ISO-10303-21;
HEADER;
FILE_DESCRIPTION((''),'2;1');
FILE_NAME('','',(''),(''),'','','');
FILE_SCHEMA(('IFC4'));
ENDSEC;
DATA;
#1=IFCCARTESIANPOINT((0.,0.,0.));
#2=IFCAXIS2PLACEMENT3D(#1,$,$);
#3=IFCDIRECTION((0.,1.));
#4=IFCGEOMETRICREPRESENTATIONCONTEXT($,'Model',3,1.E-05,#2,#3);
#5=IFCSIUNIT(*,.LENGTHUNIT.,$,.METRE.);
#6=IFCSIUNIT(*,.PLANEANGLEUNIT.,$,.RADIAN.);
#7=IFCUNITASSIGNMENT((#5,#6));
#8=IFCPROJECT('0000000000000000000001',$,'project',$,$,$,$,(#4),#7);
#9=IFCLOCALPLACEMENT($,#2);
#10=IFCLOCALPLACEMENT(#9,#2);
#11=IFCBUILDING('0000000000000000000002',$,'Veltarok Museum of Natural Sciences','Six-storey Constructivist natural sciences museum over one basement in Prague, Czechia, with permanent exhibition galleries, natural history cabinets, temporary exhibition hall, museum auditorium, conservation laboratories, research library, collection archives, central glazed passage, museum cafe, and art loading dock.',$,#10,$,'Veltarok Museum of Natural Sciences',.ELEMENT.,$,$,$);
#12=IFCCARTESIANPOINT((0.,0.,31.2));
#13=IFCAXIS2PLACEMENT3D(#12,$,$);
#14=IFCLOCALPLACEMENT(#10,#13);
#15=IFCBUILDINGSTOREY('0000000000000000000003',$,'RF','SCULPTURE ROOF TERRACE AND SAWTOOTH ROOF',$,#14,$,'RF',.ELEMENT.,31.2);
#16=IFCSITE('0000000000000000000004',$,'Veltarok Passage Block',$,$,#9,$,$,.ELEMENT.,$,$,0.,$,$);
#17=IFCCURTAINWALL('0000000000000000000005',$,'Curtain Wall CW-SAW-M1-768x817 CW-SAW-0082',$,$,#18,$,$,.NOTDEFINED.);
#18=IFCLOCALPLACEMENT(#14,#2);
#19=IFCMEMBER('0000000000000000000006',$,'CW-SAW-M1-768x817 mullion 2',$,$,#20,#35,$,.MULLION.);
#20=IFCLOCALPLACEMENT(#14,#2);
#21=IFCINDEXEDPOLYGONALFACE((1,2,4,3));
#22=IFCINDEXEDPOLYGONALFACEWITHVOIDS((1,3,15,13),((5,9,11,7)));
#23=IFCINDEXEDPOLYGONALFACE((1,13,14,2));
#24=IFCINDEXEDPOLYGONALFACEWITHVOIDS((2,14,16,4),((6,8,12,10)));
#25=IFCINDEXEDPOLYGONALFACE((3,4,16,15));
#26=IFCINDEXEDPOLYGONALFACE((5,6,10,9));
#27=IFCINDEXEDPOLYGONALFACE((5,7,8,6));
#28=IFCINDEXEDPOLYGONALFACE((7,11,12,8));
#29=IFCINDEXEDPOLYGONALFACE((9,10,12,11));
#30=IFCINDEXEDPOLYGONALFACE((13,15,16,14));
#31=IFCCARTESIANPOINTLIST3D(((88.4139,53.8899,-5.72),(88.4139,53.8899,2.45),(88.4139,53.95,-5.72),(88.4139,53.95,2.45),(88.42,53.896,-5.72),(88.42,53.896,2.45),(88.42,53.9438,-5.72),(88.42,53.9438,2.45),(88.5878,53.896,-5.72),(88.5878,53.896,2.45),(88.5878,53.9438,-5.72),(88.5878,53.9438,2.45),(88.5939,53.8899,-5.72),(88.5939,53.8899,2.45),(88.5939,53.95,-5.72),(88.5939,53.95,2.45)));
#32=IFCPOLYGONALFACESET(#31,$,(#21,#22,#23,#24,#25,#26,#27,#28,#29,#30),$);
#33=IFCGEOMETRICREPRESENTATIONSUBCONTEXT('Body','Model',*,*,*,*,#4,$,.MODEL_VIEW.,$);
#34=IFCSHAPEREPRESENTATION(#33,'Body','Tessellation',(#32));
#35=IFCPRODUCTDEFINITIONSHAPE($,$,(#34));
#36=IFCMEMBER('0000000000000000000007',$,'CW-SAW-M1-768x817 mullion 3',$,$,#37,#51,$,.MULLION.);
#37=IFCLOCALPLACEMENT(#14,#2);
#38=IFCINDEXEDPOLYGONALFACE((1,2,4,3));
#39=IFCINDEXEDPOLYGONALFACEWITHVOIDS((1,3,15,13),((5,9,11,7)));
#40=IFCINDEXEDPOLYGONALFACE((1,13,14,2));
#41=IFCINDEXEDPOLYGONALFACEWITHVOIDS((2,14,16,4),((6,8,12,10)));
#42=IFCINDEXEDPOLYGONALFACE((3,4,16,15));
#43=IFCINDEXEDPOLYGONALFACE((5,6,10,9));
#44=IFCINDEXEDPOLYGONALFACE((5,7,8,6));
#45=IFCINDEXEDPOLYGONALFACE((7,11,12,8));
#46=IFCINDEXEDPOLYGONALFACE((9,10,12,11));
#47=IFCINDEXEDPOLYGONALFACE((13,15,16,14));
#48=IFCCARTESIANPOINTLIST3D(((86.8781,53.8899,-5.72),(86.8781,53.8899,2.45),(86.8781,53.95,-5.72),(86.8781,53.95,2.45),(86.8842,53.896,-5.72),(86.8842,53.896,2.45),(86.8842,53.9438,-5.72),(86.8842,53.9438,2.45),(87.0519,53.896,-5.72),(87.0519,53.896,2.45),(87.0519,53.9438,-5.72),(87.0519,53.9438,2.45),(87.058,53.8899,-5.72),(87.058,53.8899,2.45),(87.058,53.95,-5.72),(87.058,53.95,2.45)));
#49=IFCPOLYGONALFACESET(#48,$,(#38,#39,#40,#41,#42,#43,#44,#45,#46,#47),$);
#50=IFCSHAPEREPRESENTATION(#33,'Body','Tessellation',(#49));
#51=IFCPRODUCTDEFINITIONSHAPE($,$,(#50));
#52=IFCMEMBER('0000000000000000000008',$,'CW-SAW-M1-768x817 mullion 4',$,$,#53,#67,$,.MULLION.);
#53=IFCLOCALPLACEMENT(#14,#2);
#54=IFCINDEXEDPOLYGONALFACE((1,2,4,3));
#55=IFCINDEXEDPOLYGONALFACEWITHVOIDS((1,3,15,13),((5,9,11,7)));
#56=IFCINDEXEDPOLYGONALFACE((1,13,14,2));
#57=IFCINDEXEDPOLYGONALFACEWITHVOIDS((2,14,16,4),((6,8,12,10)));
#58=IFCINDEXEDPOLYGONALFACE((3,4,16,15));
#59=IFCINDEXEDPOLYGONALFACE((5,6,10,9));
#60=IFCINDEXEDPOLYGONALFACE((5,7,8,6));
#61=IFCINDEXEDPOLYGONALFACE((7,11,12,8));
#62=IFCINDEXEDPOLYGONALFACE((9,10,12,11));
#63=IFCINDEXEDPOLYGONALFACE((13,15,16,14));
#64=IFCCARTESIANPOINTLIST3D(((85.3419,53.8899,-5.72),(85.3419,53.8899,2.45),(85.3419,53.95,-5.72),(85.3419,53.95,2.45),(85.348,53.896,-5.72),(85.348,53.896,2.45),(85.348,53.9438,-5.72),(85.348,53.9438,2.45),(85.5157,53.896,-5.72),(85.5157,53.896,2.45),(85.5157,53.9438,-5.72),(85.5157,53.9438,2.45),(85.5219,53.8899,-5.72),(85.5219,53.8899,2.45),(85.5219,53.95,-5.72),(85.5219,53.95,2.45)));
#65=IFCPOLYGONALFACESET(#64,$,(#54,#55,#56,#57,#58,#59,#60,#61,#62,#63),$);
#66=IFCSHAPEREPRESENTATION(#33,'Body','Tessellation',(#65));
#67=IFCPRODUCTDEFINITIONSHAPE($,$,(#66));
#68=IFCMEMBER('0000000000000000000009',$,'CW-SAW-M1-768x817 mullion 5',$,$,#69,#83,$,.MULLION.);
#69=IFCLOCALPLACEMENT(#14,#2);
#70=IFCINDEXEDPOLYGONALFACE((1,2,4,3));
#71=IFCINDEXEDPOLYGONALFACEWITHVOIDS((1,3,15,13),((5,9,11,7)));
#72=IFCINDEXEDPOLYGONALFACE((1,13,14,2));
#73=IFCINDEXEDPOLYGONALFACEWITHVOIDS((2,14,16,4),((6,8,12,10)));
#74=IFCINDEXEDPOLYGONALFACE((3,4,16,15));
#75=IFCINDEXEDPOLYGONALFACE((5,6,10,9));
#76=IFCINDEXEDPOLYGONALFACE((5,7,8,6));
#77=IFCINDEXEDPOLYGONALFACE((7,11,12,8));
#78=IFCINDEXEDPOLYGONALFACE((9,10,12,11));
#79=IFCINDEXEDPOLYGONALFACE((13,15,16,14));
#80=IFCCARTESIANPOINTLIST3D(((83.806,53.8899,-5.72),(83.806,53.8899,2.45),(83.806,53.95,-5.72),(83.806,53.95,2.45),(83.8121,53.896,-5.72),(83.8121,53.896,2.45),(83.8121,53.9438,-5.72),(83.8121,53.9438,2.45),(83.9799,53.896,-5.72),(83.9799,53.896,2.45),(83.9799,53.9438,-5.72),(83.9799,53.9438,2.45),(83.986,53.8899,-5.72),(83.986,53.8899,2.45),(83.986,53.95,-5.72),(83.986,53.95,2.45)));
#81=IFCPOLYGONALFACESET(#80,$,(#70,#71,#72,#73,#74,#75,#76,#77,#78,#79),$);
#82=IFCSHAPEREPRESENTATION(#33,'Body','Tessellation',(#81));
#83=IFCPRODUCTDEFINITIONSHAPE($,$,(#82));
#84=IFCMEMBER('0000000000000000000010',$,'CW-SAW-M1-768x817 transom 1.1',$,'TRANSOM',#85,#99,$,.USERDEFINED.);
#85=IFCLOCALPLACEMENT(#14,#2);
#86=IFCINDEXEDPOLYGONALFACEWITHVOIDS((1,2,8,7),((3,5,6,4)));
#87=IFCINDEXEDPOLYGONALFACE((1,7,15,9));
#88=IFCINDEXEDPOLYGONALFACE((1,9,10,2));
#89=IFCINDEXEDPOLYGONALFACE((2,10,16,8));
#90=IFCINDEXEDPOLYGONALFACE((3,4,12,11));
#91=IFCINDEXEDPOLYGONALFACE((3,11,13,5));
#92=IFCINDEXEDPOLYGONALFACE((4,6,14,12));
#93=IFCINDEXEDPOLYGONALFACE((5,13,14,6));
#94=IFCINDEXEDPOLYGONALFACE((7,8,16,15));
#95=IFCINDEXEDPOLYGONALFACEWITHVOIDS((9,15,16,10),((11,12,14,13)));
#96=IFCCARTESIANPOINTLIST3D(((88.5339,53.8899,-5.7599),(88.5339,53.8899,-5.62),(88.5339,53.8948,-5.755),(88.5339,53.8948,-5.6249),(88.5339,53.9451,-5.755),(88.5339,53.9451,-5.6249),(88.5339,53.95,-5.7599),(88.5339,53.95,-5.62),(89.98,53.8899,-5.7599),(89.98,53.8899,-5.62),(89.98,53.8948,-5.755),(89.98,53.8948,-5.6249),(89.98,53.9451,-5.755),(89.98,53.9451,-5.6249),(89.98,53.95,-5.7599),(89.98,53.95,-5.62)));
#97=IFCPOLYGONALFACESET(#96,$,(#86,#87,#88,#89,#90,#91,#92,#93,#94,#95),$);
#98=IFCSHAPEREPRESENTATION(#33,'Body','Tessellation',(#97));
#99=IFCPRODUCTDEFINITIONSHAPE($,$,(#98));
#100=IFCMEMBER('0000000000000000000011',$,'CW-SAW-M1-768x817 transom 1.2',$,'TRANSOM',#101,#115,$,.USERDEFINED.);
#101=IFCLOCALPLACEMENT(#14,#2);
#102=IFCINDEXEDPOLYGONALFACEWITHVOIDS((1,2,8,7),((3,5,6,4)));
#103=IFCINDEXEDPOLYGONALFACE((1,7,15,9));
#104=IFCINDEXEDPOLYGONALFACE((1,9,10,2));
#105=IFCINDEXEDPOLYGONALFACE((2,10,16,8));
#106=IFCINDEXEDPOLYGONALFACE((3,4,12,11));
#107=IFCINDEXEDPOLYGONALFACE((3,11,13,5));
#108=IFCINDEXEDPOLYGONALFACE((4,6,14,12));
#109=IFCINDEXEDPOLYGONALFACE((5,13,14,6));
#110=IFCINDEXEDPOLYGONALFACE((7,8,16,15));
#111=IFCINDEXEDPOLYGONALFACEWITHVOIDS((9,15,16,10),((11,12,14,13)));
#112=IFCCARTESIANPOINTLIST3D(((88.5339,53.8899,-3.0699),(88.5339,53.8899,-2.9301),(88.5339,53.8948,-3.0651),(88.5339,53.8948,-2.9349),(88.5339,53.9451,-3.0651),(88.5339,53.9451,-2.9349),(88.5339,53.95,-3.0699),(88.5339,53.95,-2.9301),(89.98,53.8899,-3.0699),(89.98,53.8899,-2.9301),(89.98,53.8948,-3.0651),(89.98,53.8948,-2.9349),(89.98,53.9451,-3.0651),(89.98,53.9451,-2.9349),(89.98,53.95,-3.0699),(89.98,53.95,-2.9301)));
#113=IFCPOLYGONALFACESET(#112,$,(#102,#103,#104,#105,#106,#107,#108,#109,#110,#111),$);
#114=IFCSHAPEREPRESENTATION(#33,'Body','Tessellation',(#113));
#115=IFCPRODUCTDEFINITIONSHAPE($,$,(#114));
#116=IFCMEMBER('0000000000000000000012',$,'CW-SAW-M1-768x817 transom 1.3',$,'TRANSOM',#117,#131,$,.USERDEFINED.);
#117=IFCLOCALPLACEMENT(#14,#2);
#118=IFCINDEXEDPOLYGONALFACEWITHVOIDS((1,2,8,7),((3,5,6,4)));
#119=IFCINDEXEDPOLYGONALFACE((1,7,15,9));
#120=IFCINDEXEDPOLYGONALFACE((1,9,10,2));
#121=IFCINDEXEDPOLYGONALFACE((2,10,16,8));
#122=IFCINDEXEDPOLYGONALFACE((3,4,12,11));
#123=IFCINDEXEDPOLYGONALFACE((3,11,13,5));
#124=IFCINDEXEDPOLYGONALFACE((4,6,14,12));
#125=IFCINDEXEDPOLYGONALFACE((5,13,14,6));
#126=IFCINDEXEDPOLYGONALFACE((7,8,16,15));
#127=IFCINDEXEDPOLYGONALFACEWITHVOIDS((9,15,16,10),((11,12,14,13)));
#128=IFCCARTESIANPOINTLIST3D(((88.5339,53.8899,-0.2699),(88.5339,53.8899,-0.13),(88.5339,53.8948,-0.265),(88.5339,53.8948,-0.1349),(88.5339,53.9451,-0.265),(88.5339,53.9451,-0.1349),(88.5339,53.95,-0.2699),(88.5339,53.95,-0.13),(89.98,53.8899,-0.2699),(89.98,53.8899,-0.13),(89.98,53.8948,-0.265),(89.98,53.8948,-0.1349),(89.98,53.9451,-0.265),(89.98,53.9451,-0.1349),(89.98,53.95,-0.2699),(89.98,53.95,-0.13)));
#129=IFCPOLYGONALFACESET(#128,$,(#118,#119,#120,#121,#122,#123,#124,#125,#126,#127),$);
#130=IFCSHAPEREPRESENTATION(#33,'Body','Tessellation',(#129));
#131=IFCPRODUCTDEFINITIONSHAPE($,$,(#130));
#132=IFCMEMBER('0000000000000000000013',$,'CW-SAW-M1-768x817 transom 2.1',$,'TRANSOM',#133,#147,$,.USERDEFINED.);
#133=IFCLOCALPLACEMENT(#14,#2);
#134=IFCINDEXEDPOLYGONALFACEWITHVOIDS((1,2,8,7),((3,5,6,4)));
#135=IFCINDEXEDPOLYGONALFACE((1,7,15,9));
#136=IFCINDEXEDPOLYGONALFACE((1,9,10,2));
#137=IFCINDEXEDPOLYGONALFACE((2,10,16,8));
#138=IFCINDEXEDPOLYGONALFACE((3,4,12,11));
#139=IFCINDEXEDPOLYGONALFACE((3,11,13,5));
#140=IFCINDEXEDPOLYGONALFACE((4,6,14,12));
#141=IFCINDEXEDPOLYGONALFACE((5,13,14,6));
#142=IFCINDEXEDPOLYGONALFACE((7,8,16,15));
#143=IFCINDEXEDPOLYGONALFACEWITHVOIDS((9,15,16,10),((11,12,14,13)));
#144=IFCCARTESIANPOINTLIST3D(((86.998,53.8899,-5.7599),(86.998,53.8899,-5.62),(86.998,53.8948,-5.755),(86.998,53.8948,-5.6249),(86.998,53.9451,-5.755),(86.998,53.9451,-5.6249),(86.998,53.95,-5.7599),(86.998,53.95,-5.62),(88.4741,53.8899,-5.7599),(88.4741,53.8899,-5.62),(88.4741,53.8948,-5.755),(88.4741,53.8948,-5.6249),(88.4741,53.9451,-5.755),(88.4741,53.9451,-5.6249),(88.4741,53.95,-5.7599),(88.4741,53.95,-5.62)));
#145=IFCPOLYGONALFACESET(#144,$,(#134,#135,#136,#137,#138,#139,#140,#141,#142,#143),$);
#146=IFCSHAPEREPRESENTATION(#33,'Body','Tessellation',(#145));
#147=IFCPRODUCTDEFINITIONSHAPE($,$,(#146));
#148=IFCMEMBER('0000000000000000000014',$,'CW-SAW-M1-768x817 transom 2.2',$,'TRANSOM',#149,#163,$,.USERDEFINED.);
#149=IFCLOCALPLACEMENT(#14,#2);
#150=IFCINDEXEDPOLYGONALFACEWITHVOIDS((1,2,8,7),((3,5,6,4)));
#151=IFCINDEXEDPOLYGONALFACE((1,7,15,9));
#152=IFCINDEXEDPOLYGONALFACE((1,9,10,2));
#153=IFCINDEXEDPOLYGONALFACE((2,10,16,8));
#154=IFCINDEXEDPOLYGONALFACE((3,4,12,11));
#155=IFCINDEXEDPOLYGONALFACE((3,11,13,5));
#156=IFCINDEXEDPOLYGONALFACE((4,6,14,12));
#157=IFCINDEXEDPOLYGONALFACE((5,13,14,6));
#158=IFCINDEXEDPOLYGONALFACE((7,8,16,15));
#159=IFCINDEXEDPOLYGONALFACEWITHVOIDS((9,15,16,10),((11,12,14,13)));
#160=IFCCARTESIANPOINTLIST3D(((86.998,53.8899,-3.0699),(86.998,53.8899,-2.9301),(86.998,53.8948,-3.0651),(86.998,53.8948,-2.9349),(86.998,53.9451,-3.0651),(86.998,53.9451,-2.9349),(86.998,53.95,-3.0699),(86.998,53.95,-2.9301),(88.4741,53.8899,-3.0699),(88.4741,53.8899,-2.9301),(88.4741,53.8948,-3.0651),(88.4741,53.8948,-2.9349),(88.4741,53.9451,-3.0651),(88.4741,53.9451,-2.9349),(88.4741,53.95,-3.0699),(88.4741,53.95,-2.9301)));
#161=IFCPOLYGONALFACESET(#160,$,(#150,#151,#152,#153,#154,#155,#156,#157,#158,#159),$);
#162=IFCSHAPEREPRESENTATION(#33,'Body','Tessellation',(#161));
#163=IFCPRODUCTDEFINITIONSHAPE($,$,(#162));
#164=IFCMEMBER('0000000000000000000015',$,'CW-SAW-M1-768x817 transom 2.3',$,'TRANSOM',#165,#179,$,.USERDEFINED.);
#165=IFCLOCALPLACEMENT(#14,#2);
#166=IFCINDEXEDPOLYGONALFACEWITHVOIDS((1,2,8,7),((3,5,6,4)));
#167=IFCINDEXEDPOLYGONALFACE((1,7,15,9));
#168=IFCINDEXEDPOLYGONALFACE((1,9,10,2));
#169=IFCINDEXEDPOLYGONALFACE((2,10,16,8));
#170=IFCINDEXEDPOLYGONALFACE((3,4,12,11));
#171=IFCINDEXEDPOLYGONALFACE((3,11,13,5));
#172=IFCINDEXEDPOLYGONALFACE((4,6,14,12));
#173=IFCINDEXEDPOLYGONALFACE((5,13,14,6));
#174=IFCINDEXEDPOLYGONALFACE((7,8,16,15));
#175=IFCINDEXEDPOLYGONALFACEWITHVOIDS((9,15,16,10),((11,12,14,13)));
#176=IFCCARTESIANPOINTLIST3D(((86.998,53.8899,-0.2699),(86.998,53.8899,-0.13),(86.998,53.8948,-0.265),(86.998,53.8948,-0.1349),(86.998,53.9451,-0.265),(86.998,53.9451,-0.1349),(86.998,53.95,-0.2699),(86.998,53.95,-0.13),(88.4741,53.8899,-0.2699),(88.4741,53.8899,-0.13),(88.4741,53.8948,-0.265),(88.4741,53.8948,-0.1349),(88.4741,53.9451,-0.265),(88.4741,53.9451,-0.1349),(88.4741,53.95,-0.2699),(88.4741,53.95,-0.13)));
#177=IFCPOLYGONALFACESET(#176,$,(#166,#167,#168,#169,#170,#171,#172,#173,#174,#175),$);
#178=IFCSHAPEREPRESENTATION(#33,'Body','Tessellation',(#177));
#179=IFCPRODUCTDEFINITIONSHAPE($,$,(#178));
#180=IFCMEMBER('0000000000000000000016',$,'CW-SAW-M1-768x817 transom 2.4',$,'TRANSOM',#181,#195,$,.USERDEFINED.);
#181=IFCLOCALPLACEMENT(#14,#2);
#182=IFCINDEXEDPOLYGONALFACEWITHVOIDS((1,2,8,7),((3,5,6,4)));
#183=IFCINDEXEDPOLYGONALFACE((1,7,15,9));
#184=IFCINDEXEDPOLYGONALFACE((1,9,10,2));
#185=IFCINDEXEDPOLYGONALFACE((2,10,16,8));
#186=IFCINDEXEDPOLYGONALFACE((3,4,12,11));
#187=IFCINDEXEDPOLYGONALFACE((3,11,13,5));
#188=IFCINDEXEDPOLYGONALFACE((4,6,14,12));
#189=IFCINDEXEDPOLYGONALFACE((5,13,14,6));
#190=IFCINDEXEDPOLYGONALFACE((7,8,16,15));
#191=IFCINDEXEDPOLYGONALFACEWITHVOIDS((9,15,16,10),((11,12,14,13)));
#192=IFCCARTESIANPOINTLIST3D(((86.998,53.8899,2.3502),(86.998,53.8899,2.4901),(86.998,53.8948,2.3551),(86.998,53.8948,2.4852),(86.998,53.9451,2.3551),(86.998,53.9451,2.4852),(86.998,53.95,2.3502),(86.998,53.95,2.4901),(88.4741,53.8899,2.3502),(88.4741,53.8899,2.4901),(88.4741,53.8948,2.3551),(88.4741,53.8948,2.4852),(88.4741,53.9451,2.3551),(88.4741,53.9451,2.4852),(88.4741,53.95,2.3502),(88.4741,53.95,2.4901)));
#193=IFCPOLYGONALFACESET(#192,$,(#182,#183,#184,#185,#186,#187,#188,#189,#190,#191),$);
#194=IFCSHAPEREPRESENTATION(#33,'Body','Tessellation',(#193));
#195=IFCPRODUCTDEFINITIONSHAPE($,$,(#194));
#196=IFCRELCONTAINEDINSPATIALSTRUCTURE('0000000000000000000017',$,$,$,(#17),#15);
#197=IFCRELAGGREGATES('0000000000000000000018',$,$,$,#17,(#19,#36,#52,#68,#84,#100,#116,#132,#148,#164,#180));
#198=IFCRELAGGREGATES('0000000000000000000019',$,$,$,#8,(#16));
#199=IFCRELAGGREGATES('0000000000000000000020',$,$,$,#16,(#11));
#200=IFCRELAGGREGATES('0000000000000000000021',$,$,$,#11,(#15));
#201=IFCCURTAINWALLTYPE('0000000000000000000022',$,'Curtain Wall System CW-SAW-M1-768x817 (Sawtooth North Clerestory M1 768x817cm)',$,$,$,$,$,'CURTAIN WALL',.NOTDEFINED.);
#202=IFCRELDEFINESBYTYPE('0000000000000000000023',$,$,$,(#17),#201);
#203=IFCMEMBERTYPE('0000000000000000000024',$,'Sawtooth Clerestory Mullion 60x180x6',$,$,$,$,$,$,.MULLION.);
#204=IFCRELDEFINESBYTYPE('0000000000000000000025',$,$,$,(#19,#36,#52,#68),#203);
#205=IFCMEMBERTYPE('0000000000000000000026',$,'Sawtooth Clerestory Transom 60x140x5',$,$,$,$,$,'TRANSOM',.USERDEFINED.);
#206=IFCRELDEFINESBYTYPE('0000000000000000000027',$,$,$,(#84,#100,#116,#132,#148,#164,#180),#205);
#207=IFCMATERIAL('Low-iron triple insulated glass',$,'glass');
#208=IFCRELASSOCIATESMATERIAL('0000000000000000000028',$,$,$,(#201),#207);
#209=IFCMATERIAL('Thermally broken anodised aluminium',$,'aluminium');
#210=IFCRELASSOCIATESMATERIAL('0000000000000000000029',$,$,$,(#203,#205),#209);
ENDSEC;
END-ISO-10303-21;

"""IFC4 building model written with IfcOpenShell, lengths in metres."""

from ifc_helpers import new_model, si_unit, direction, frame, origin, origin_2d, place, context, subcontext, project, spatial, hollow_rectangle, extrude, material, material_profile, profile_set, type_object, element, aggregate, save


model = new_model("IFC4")

# Units and contexts
model_context = context("Model", 3, precision=1e-05, world=origin(), true_north=direction((0.0, 1.0)))
body_context = subcontext(model_context, "Body", "Model", "MODEL_VIEW")
ifc_project = project(units=[si_unit("LENGTHUNIT", "METRE"), si_unit("PLANEANGLEUNIT", "RADIAN")], contexts=[model_context])

# Site, building, storey
site_placement = place(None, origin())
site = spatial("IfcSite", under=ifc_project, at=site_placement, Name="Veltarok Passage Block", CompositionType="ELEMENT", RefElevation=0.0)
building_placement = place(site_placement, origin())
building = spatial("IfcBuilding", under=site, at=building_placement, Name="Veltarok Museum of Natural Sciences", Description="Six-storey Constructivist natural sciences museum over one basement in Prague, Czechia, with permanent exhibition galleries, natural history cabinets, temporary exhibition hall, museum auditorium, conservation laboratories, research library, collection archives, central glazed passage, museum cafe, and art loading dock.", LongName="Veltarok Museum of Natural Sciences", CompositionType="ELEMENT")
storey_placement = place(building_placement, frame((0.0, 0.0, 31.2)))
storey = spatial("IfcBuildingStorey", under=building, at=storey_placement, Name="RF", Description="SCULPTURE ROOF TERRACE AND SAWTOOTH ROOF", LongName="RF", CompositionType="ELEMENT", Elevation=31.2)

# Curtain wall, members
ifc_material_1 = material(Name="Low-iron triple insulated glass", Category="glass")
curtain_wall_type = type_object("IfcCurtainWallType", Name="Curtain Wall System CW-SAW-M1-768x817 (Sawtooth North Clerestory M1 768x817cm)", ElementType="CURTAIN WALL", PredefinedType="NOTDEFINED", material=ifc_material_1)
curtain_wall_placement = place(storey_placement, origin())
curtain_wall = element("IfcCurtainWall", 1, at=curtain_wall_placement, inside=storey, type_object=curtain_wall_type, Name="Curtain Wall CW-SAW-M1-768x817 CW-SAW-0082", PredefinedType="NOTDEFINED")
ifc_material_2 = material(Name="Thermally broken anodised aluminium", Category="aluminium")
ifc_material_profile_1 = material_profile(ifc_material_2, hollow_rectangle(XDim=0.0601, YDim=0.1799, WallThickness=0.0061, at=origin_2d()), Name="CW MULLION 60x180x6")
ifc_profile_set_1 = profile_set([ifc_material_profile_1], Name="Thermally broken anodised aluminium")
member_type_1 = type_object("IfcMemberType", Name="Sawtooth Clerestory Mullion 60x180x6", PredefinedType="MULLION", material=ifc_profile_set_1)
member_1_placement = place(storey_placement, frame((88.5039, 53.9199, -5.72), z_axis=(0.0, 0.0, 1.0), x_axis=(0.0, -1.0, 0.0)))
member_1 = element("IfcMember", 2, at=member_1_placement, type_object=member_type_1, Name="CW-SAW-M1-768x817 mullion 2", PredefinedType="MULLION", context=body_context, shape_type="SweptSolid", body=[
    extrude(hollow_rectangle(XDim=0.0601, YDim=0.1799, WallThickness=0.0061, at=origin_2d()), origin(), (0.0, 0.0, 1.0), 8.1699),
])
member_2_placement = place(storey_placement, frame((86.968, 53.9199, -5.72), z_axis=(0.0, 0.0, 1.0), x_axis=(0.0, -1.0, 0.0)))
member_2 = element("IfcMember", 3, at=member_2_placement, type_object=member_type_1, Name="CW-SAW-M1-768x817 mullion 3", PredefinedType="MULLION", context=body_context, shape_type="SweptSolid", body=[
    extrude(hollow_rectangle(XDim=0.0601, YDim=0.1799, WallThickness=0.0061, at=origin_2d()), origin(), (0.0, 0.0, 1.0), 8.1699),
])
member_3_placement = place(storey_placement, frame((85.4319, 53.9199, -5.72), z_axis=(0.0, 0.0, 1.0), x_axis=(0.0, -1.0, 0.0)))
member_3 = element("IfcMember", 4, at=member_3_placement, type_object=member_type_1, Name="CW-SAW-M1-768x817 mullion 4", PredefinedType="MULLION", context=body_context, shape_type="SweptSolid", body=[
    extrude(hollow_rectangle(XDim=0.0601, YDim=0.1799, WallThickness=0.0061, at=origin_2d()), origin(), (0.0, 0.0, 1.0), 8.1699),
])
member_4_placement = place(storey_placement, frame((83.896, 53.9199, -5.72), z_axis=(0.0, 0.0, 1.0), x_axis=(0.0, -1.0, 0.0)))
member_4 = element("IfcMember", 5, at=member_4_placement, type_object=member_type_1, Name="CW-SAW-M1-768x817 mullion 5", PredefinedType="MULLION", context=body_context, shape_type="SweptSolid", body=[
    extrude(hollow_rectangle(XDim=0.0601, YDim=0.1799, WallThickness=0.0061, at=origin_2d()), origin(), (0.0, 0.0, 1.0), 8.1699),
])
ifc_material_profile_2 = material_profile(ifc_material_2, hollow_rectangle(XDim=0.0601, YDim=0.1399, WallThickness=0.0049, at=origin_2d()), Name="CW TRANSOM 60x140x5")
ifc_profile_set_2 = profile_set([ifc_material_profile_2], Name="Thermally broken anodised aluminium")
member_type_2 = type_object("IfcMemberType", Name="Sawtooth Clerestory Transom 60x140x5", ElementType="TRANSOM", PredefinedType="USERDEFINED", material=ifc_profile_set_2)
member_5_placement = place(storey_placement, frame((89.98, 53.9199, -5.6899), z_axis=(-1.0, 0.0, 0.0), x_axis=(0.0, -1.0, 0.0)))
member_5 = element("IfcMember", 6, at=member_5_placement, type_object=member_type_2, Name="CW-SAW-M1-768x817 transom 1.1", ObjectType="TRANSOM", PredefinedType="USERDEFINED", context=body_context, shape_type="SweptSolid", body=[
    extrude(hollow_rectangle(XDim=0.0601, YDim=0.1399, WallThickness=0.0049, at=origin_2d()), origin(), (0.0, 0.0, 1.0), 1.446),
])
member_6_placement = place(storey_placement, frame((89.98, 53.9199, -3.0), z_axis=(-1.0, 0.0, 0.0), x_axis=(0.0, -1.0, 0.0)))
member_6 = element("IfcMember", 7, at=member_6_placement, type_object=member_type_2, Name="CW-SAW-M1-768x817 transom 1.2", ObjectType="TRANSOM", PredefinedType="USERDEFINED", context=body_context, shape_type="SweptSolid", body=[
    extrude(hollow_rectangle(XDim=0.0601, YDim=0.1399, WallThickness=0.0049, at=origin_2d()), origin(), (0.0, 0.0, 1.0), 1.446),
])
member_7_placement = place(storey_placement, frame((89.98, 53.9199, -0.2), z_axis=(-1.0, 0.0, 0.0), x_axis=(0.0, -1.0, 0.0)))
member_7 = element("IfcMember", 8, at=member_7_placement, type_object=member_type_2, Name="CW-SAW-M1-768x817 transom 1.3", ObjectType="TRANSOM", PredefinedType="USERDEFINED", context=body_context, shape_type="SweptSolid", body=[
    extrude(hollow_rectangle(XDim=0.0601, YDim=0.1399, WallThickness=0.0049, at=origin_2d()), origin(), (0.0, 0.0, 1.0), 1.446),
])
member_8_placement = place(storey_placement, frame((88.4741, 53.9199, -5.6899), z_axis=(-1.0, 0.0, 0.0), x_axis=(0.0, -1.0, 0.0)))
member_8 = element("IfcMember", 9, at=member_8_placement, type_object=member_type_2, Name="CW-SAW-M1-768x817 transom 2.1", ObjectType="TRANSOM", PredefinedType="USERDEFINED", context=body_context, shape_type="SweptSolid", body=[
    extrude(hollow_rectangle(XDim=0.0601, YDim=0.1399, WallThickness=0.0049, at=origin_2d()), origin(), (0.0, 0.0, 1.0), 1.4761),
])
member_9_placement = place(storey_placement, frame((88.4741, 53.9199, -3.0), z_axis=(-1.0, 0.0, 0.0), x_axis=(0.0, -1.0, 0.0)))
member_9 = element("IfcMember", 10, at=member_9_placement, type_object=member_type_2, Name="CW-SAW-M1-768x817 transom 2.2", ObjectType="TRANSOM", PredefinedType="USERDEFINED", context=body_context, shape_type="SweptSolid", body=[
    extrude(hollow_rectangle(XDim=0.0601, YDim=0.1399, WallThickness=0.0049, at=origin_2d()), origin(), (0.0, 0.0, 1.0), 1.4761),
])
member_10_placement = place(storey_placement, frame((88.4741, 53.9199, -0.2), z_axis=(-1.0, 0.0, 0.0), x_axis=(0.0, -1.0, 0.0)))
member_10 = element("IfcMember", 11, at=member_10_placement, type_object=member_type_2, Name="CW-SAW-M1-768x817 transom 2.3", ObjectType="TRANSOM", PredefinedType="USERDEFINED", context=body_context, shape_type="SweptSolid", body=[
    extrude(hollow_rectangle(XDim=0.0601, YDim=0.1399, WallThickness=0.0049, at=origin_2d()), origin(), (0.0, 0.0, 1.0), 1.4761),
])
member_11_placement = place(storey_placement, frame((88.4741, 53.9199, 2.4202), z_axis=(-1.0, 0.0, 0.0), x_axis=(0.0, -1.0, 0.0)))
member_11 = element("IfcMember", 12, at=member_11_placement, type_object=member_type_2, Name="CW-SAW-M1-768x817 transom 2.4", ObjectType="TRANSOM", PredefinedType="USERDEFINED", context=body_context, shape_type="SweptSolid", body=[
    extrude(hollow_rectangle(XDim=0.0601, YDim=0.1399, WallThickness=0.0049, at=origin_2d()), origin(), (0.0, 0.0, 1.0), 1.4761),
])
aggregate(curtain_wall, [member_1, member_2, member_3, member_4, member_5, member_6, member_7, member_8, member_9, member_10, member_11])

save(model, "model.ifc")
